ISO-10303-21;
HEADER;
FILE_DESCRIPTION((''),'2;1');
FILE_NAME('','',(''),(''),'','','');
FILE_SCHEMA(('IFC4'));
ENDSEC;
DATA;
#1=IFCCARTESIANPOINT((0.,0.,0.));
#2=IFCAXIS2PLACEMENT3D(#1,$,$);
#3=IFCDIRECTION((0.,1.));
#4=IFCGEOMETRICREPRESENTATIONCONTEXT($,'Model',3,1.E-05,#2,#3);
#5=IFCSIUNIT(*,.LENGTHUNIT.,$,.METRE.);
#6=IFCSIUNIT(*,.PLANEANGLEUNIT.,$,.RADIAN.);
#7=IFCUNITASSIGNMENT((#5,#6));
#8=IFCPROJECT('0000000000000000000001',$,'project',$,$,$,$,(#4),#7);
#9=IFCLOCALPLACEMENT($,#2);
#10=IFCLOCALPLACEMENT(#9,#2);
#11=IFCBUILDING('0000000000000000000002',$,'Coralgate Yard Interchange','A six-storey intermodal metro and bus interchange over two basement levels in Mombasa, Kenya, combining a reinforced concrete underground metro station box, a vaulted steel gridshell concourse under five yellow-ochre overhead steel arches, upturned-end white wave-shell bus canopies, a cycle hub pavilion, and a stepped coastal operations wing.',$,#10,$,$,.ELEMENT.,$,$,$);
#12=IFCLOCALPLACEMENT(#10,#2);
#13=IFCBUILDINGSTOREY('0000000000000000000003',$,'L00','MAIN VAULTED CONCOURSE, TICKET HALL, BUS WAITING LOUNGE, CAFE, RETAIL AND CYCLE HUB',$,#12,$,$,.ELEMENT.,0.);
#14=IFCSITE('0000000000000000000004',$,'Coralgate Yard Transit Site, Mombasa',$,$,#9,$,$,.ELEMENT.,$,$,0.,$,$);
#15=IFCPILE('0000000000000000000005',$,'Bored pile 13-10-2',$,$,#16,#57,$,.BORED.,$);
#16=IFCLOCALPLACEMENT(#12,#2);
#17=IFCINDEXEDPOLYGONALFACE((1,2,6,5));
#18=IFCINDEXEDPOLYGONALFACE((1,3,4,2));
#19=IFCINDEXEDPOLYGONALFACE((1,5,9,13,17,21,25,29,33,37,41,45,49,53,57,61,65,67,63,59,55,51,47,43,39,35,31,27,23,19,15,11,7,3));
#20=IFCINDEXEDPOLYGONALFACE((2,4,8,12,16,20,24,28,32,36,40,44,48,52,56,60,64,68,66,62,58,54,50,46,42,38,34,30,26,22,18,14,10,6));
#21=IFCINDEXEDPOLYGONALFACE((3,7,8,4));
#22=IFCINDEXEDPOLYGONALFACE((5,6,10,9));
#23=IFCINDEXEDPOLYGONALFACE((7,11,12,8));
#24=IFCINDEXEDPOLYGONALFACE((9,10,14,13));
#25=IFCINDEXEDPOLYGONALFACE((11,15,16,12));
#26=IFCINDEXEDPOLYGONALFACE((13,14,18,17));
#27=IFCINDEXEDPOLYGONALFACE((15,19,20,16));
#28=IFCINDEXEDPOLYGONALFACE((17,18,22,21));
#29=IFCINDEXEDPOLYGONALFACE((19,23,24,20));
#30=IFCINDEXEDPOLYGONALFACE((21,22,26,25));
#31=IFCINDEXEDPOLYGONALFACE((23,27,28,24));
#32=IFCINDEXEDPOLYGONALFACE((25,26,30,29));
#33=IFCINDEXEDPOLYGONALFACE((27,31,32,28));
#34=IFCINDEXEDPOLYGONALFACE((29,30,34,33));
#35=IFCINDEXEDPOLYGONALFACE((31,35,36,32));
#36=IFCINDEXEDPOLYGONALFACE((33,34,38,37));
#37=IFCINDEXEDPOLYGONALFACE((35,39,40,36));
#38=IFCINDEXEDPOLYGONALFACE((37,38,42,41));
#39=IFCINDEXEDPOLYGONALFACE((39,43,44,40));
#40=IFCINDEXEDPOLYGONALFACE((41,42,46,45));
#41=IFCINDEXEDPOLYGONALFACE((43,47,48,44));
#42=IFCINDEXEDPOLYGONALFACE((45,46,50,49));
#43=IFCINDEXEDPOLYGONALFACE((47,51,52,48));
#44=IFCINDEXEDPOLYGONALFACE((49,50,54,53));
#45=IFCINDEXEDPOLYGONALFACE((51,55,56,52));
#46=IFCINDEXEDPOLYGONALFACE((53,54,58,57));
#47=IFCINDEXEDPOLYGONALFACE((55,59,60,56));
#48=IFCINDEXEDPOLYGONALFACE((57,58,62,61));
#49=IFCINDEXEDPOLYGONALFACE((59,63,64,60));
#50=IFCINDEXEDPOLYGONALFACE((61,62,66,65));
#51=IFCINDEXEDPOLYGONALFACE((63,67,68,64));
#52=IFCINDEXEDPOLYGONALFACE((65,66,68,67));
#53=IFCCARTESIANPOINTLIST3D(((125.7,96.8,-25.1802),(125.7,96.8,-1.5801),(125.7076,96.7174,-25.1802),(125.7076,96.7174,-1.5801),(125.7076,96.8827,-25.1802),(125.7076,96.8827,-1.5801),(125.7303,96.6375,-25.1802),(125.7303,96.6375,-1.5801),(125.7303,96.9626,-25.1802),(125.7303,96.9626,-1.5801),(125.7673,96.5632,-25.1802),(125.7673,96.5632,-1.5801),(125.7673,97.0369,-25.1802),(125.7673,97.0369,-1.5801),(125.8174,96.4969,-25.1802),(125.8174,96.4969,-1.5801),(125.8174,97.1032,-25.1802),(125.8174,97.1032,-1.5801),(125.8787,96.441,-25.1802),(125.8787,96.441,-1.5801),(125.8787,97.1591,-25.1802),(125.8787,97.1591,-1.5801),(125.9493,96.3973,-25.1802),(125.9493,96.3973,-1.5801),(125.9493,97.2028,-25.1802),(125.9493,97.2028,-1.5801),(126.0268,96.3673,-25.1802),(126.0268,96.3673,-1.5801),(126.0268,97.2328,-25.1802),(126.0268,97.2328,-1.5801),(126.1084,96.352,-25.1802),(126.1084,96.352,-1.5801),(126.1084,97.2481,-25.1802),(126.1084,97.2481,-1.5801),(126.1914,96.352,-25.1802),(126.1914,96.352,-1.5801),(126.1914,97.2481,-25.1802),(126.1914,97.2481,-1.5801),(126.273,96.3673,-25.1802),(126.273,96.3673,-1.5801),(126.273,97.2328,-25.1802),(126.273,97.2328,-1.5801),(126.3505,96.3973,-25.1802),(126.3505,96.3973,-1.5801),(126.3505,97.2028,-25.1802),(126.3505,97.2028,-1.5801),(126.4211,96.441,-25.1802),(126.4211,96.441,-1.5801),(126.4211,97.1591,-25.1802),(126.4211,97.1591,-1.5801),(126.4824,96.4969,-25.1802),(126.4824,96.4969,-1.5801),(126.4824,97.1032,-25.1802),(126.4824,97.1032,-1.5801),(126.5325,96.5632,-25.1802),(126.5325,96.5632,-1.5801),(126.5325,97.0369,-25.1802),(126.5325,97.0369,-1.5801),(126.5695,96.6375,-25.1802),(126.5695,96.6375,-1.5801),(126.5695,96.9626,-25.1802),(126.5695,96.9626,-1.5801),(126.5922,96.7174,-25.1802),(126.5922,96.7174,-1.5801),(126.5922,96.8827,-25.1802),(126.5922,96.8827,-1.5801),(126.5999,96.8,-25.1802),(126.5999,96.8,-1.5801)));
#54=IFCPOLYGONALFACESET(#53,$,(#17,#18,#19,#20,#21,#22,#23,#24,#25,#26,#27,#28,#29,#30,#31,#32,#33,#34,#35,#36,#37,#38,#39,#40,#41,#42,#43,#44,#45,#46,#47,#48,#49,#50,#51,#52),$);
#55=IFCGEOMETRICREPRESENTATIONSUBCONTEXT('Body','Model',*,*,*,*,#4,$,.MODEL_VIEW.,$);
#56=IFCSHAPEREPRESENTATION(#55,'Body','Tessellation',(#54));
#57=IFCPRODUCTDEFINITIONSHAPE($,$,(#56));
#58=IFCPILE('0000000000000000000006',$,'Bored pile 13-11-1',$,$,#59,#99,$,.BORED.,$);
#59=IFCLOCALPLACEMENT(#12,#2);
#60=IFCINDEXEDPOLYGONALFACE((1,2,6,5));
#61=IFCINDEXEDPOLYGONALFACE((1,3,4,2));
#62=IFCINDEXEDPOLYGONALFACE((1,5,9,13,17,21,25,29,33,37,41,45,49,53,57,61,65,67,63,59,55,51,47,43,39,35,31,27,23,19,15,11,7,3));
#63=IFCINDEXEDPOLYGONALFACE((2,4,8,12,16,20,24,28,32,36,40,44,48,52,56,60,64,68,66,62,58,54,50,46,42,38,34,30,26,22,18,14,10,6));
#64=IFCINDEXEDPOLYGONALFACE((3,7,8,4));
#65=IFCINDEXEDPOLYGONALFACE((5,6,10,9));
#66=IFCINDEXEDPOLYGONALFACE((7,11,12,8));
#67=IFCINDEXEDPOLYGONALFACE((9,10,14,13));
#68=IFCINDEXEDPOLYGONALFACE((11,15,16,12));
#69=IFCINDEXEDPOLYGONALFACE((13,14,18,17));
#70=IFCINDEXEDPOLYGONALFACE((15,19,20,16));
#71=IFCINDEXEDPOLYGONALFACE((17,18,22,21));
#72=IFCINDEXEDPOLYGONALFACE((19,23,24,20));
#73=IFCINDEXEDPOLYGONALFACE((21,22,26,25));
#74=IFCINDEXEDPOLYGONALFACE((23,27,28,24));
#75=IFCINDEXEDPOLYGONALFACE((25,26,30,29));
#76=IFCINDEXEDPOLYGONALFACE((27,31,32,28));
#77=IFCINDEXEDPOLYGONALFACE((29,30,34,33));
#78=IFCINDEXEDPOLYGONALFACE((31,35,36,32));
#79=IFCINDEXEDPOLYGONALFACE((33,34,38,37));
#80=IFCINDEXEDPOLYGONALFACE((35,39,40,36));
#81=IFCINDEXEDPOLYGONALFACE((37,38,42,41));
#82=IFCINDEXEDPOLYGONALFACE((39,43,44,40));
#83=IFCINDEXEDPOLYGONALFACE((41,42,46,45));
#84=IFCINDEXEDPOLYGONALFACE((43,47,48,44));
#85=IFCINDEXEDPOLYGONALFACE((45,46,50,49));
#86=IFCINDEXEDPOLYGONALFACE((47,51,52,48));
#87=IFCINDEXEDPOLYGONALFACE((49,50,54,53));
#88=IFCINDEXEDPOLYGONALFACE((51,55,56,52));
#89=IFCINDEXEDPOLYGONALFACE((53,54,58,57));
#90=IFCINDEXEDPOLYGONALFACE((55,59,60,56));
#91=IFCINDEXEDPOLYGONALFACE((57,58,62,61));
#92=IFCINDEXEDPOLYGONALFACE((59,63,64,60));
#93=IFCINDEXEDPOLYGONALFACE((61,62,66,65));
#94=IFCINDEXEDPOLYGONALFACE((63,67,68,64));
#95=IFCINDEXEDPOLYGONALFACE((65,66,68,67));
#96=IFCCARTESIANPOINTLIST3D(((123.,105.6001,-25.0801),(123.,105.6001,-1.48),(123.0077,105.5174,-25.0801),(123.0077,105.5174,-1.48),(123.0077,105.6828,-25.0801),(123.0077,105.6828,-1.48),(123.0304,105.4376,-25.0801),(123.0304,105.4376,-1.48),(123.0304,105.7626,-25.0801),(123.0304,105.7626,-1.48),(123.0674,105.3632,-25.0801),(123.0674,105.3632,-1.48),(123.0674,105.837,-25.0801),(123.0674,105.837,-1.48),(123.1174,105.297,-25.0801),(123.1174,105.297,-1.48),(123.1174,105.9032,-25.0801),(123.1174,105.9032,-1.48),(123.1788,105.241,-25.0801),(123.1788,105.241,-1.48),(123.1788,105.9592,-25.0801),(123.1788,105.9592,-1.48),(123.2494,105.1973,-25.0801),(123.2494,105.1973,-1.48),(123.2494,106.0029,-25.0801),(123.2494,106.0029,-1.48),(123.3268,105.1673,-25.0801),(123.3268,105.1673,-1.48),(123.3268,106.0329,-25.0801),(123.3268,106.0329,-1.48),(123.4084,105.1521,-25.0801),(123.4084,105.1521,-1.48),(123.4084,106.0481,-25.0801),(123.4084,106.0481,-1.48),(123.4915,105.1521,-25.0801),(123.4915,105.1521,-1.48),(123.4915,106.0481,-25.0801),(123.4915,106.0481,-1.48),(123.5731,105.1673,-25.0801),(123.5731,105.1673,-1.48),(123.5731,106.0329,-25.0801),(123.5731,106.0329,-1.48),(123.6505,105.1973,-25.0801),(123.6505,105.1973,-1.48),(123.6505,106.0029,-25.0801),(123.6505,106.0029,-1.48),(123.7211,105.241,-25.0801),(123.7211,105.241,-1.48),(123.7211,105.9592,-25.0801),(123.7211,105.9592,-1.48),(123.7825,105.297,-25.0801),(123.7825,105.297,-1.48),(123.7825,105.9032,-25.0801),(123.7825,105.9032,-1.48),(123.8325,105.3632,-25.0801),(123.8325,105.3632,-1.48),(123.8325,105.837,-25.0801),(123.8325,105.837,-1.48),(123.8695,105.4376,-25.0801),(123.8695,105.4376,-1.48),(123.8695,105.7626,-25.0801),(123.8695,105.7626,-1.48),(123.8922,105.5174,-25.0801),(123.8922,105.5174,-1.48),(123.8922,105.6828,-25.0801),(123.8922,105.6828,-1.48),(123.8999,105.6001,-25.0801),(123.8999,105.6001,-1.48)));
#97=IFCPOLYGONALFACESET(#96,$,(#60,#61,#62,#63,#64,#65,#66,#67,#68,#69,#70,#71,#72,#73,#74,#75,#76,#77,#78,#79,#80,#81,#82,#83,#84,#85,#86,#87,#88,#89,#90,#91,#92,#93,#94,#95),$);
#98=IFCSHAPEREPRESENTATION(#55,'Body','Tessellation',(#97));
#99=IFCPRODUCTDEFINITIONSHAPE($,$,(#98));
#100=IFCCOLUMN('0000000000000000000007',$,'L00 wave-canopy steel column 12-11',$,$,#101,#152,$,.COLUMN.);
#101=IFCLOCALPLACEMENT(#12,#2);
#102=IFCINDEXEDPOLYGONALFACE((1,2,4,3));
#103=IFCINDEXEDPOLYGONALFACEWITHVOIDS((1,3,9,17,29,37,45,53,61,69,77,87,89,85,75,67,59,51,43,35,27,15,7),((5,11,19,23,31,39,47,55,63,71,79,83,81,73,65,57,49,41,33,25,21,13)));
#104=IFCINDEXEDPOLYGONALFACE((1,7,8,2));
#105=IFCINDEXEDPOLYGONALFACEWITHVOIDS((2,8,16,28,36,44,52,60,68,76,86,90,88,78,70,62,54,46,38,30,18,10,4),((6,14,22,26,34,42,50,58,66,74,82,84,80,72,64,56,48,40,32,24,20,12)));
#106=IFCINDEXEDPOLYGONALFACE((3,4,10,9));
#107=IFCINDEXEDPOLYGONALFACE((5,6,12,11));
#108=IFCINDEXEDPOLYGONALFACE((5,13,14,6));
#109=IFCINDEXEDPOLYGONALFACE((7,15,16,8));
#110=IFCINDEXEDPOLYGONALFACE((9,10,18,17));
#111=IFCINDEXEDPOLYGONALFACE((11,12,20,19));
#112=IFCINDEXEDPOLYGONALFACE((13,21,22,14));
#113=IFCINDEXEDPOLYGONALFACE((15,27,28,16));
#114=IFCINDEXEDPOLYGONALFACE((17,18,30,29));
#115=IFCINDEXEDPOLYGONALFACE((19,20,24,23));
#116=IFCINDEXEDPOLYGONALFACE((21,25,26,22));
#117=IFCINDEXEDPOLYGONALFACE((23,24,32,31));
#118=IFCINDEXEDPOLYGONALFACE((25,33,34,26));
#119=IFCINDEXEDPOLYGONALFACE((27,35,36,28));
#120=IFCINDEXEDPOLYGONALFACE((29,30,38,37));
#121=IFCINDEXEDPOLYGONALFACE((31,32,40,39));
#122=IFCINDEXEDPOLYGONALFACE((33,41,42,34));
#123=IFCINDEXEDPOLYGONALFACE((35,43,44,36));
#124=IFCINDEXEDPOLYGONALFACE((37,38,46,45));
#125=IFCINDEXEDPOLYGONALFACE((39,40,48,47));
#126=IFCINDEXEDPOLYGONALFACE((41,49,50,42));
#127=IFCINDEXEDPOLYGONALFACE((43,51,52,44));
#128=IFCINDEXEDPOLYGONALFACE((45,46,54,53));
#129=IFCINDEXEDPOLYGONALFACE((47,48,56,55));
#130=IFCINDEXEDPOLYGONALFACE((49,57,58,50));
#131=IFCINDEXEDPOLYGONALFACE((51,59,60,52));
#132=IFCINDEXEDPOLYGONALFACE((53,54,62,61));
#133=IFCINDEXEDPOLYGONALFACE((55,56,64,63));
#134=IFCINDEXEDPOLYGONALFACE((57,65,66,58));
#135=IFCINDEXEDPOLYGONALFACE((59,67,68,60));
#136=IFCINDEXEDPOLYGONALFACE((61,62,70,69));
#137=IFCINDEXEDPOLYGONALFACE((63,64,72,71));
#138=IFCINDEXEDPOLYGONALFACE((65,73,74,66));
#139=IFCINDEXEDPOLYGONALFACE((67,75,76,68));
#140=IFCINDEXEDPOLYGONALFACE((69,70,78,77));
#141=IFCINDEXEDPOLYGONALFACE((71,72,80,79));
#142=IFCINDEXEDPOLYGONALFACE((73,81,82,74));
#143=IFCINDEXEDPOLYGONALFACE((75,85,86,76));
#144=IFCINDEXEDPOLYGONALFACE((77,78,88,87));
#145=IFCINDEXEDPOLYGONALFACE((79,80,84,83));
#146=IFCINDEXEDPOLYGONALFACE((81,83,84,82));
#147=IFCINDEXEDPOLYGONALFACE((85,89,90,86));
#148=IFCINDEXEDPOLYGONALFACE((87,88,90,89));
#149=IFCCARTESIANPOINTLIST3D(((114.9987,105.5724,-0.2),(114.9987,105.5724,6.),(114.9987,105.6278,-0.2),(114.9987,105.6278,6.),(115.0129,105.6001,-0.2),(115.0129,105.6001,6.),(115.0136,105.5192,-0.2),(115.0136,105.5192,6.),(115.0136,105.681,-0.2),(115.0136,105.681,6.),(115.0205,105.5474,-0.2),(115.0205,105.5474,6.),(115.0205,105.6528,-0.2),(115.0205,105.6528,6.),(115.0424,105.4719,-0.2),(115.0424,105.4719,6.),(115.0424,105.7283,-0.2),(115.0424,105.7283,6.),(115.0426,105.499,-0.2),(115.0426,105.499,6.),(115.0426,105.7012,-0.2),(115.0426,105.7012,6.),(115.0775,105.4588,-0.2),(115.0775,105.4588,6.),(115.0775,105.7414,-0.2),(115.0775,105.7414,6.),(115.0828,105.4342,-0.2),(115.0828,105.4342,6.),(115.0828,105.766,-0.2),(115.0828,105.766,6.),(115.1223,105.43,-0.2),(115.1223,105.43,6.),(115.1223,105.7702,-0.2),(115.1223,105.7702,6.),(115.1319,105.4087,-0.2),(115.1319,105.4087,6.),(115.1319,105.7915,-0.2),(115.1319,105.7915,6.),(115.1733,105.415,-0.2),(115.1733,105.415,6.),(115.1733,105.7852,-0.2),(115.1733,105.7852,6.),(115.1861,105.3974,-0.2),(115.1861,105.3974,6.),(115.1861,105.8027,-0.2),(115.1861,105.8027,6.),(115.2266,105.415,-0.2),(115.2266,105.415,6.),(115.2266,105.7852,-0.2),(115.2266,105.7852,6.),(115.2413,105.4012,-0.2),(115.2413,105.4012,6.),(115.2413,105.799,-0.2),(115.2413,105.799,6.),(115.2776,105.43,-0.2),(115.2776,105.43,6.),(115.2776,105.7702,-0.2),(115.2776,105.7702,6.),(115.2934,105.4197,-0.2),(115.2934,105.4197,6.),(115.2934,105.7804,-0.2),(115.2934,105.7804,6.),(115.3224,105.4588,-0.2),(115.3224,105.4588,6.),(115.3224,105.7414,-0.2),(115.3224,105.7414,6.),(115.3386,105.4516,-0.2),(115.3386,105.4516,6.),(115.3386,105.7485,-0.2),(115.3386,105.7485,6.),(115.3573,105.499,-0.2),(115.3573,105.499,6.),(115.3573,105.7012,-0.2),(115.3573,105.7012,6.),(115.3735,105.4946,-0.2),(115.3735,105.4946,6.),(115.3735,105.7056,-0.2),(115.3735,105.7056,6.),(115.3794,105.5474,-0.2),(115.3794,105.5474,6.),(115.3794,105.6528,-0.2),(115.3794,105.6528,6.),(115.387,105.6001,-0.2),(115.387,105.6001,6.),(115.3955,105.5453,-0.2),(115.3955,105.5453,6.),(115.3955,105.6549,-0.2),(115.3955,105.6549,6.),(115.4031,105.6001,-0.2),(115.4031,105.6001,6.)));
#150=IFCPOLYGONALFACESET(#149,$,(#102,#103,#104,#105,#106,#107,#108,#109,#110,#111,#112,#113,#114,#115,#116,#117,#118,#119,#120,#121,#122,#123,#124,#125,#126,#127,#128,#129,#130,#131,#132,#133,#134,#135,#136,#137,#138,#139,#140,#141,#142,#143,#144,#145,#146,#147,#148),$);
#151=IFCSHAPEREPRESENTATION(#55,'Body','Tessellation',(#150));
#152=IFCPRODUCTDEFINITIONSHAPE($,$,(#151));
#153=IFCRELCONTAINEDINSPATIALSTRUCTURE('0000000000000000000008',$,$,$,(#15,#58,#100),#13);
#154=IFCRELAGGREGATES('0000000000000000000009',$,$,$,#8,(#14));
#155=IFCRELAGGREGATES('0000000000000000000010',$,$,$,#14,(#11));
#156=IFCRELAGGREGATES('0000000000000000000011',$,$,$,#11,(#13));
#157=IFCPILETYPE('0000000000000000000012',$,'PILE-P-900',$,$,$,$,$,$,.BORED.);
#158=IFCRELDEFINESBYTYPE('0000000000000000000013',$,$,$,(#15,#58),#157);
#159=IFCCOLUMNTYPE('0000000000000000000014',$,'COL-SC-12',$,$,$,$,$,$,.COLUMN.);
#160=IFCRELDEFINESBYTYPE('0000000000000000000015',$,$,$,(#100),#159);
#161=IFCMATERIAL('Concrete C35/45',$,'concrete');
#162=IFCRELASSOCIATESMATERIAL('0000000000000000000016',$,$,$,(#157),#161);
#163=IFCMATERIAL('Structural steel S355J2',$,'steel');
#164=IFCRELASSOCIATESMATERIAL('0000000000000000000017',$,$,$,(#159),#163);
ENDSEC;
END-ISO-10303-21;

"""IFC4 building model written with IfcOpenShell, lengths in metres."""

from ifc_helpers import new_model, si_unit, direction, frame, origin, origin_2d, place, context, subcontext, project, spatial, circle, hollow_circle, extrude, material, material_profile, profile_set, type_object, element, save


model = new_model("IFC4")

# Units and contexts
model_context = context("Model", 3, precision=1e-05, world=origin(), true_north=direction((0.0, 1.0)))
body_context = subcontext(model_context, "Body", "Model", "MODEL_VIEW")
ifc_project = project(units=[si_unit("LENGTHUNIT", "METRE"), si_unit("PLANEANGLEUNIT", "RADIAN")], contexts=[model_context])

# Site, building, storey
site_placement = place(None, origin())
site = spatial("IfcSite", under=ifc_project, at=site_placement, Name="Coralgate Yard Transit Site, Mombasa", CompositionType="ELEMENT", RefElevation=0.0)
building_placement = place(site_placement, origin())
building = spatial("IfcBuilding", under=site, at=building_placement, Name="Coralgate Yard Interchange", Description="A six-storey intermodal metro and bus interchange over two basement levels in Mombasa, Kenya, combining a reinforced concrete underground metro station box, a vaulted steel gridshell concourse under five yellow-ochre overhead steel arches, upturned-end white wave-shell bus canopies, a cycle hub pavilion, and a stepped coastal operations wing.", CompositionType="ELEMENT")
storey_placement = place(building_placement, origin())
storey = spatial("IfcBuildingStorey", under=building, at=storey_placement, Name="L00", Description="MAIN VAULTED CONCOURSE, TICKET HALL, BUS WAITING LOUNGE, CAFE, RETAIL AND CYCLE HUB", CompositionType="ELEMENT", Elevation=0.0)

# Piles
ifc_material_1 = material(Name="Concrete C35/45", Category="concrete")
ifc_material_profile_1 = material_profile(ifc_material_1, circle(Radius=0.45, at=origin_2d()), Name="BORED PILE D900")
ifc_profile_set_1 = profile_set([ifc_material_profile_1], Name="Concrete C35/45")
pile_type = type_object("IfcPileType", Name="PILE-P-900", PredefinedType="BORED", material=ifc_profile_set_1)
for number, where, z_axis, x_axis, name in (
    (1, (126.1499, 96.8, -1.5801), (0.0, 0.0, -1.0), (1.0, 0.0, 0.0), "Bored pile 13-10-2"),
    (2, (123.45, 105.6001, -1.48), (0.0, 0.0, -1.0), (1.0, 0.0, 0.0), "Bored pile 13-11-1"),
):
    element("IfcPile", number, at=place(storey_placement, frame(where, z_axis=z_axis, x_axis=x_axis)), inside=storey, type_object=pile_type, Name=name, PredefinedType="BORED", context=body_context, shape_type="SweptSolid", body=[
        extrude(circle(Radius=0.45, at=origin_2d()), origin(), (0.0, 0.0, 1.0), 23.6001),
    ])

# Column
ifc_material_2 = material(Name="Structural steel S355J2", Category="steel")
ifc_material_profile_2 = material_profile(ifc_material_2, hollow_circle(Radius=0.2031, WallThickness=0.0161, at=origin_2d()), Name="CHS 406.4x16")
ifc_profile_set_2 = profile_set([ifc_material_profile_2], Name="Structural steel S355J2")
column_type_1 = type_object("IfcColumnType", Name="COL-SC-12", PredefinedType="COLUMN", material=ifc_profile_set_2)
column_1_placement = place(storey_placement, frame((115.2, 105.6001, -0.2), z_axis=(0.0, 0.0, 1.0), x_axis=(1.0, 0.0, 0.0)))
element("IfcColumn", 3, at=column_1_placement, inside=storey, type_object=column_type_1, Name="L00 wave-canopy steel column 12-11", PredefinedType="COLUMN", context=body_context, shape_type="SweptSolid", body=[
    extrude(hollow_circle(Radius=0.2031, WallThickness=0.0161, at=origin_2d()), origin(), (0.0, 0.0, 1.0), 6.2),
])

save(model, "model.ifc")
